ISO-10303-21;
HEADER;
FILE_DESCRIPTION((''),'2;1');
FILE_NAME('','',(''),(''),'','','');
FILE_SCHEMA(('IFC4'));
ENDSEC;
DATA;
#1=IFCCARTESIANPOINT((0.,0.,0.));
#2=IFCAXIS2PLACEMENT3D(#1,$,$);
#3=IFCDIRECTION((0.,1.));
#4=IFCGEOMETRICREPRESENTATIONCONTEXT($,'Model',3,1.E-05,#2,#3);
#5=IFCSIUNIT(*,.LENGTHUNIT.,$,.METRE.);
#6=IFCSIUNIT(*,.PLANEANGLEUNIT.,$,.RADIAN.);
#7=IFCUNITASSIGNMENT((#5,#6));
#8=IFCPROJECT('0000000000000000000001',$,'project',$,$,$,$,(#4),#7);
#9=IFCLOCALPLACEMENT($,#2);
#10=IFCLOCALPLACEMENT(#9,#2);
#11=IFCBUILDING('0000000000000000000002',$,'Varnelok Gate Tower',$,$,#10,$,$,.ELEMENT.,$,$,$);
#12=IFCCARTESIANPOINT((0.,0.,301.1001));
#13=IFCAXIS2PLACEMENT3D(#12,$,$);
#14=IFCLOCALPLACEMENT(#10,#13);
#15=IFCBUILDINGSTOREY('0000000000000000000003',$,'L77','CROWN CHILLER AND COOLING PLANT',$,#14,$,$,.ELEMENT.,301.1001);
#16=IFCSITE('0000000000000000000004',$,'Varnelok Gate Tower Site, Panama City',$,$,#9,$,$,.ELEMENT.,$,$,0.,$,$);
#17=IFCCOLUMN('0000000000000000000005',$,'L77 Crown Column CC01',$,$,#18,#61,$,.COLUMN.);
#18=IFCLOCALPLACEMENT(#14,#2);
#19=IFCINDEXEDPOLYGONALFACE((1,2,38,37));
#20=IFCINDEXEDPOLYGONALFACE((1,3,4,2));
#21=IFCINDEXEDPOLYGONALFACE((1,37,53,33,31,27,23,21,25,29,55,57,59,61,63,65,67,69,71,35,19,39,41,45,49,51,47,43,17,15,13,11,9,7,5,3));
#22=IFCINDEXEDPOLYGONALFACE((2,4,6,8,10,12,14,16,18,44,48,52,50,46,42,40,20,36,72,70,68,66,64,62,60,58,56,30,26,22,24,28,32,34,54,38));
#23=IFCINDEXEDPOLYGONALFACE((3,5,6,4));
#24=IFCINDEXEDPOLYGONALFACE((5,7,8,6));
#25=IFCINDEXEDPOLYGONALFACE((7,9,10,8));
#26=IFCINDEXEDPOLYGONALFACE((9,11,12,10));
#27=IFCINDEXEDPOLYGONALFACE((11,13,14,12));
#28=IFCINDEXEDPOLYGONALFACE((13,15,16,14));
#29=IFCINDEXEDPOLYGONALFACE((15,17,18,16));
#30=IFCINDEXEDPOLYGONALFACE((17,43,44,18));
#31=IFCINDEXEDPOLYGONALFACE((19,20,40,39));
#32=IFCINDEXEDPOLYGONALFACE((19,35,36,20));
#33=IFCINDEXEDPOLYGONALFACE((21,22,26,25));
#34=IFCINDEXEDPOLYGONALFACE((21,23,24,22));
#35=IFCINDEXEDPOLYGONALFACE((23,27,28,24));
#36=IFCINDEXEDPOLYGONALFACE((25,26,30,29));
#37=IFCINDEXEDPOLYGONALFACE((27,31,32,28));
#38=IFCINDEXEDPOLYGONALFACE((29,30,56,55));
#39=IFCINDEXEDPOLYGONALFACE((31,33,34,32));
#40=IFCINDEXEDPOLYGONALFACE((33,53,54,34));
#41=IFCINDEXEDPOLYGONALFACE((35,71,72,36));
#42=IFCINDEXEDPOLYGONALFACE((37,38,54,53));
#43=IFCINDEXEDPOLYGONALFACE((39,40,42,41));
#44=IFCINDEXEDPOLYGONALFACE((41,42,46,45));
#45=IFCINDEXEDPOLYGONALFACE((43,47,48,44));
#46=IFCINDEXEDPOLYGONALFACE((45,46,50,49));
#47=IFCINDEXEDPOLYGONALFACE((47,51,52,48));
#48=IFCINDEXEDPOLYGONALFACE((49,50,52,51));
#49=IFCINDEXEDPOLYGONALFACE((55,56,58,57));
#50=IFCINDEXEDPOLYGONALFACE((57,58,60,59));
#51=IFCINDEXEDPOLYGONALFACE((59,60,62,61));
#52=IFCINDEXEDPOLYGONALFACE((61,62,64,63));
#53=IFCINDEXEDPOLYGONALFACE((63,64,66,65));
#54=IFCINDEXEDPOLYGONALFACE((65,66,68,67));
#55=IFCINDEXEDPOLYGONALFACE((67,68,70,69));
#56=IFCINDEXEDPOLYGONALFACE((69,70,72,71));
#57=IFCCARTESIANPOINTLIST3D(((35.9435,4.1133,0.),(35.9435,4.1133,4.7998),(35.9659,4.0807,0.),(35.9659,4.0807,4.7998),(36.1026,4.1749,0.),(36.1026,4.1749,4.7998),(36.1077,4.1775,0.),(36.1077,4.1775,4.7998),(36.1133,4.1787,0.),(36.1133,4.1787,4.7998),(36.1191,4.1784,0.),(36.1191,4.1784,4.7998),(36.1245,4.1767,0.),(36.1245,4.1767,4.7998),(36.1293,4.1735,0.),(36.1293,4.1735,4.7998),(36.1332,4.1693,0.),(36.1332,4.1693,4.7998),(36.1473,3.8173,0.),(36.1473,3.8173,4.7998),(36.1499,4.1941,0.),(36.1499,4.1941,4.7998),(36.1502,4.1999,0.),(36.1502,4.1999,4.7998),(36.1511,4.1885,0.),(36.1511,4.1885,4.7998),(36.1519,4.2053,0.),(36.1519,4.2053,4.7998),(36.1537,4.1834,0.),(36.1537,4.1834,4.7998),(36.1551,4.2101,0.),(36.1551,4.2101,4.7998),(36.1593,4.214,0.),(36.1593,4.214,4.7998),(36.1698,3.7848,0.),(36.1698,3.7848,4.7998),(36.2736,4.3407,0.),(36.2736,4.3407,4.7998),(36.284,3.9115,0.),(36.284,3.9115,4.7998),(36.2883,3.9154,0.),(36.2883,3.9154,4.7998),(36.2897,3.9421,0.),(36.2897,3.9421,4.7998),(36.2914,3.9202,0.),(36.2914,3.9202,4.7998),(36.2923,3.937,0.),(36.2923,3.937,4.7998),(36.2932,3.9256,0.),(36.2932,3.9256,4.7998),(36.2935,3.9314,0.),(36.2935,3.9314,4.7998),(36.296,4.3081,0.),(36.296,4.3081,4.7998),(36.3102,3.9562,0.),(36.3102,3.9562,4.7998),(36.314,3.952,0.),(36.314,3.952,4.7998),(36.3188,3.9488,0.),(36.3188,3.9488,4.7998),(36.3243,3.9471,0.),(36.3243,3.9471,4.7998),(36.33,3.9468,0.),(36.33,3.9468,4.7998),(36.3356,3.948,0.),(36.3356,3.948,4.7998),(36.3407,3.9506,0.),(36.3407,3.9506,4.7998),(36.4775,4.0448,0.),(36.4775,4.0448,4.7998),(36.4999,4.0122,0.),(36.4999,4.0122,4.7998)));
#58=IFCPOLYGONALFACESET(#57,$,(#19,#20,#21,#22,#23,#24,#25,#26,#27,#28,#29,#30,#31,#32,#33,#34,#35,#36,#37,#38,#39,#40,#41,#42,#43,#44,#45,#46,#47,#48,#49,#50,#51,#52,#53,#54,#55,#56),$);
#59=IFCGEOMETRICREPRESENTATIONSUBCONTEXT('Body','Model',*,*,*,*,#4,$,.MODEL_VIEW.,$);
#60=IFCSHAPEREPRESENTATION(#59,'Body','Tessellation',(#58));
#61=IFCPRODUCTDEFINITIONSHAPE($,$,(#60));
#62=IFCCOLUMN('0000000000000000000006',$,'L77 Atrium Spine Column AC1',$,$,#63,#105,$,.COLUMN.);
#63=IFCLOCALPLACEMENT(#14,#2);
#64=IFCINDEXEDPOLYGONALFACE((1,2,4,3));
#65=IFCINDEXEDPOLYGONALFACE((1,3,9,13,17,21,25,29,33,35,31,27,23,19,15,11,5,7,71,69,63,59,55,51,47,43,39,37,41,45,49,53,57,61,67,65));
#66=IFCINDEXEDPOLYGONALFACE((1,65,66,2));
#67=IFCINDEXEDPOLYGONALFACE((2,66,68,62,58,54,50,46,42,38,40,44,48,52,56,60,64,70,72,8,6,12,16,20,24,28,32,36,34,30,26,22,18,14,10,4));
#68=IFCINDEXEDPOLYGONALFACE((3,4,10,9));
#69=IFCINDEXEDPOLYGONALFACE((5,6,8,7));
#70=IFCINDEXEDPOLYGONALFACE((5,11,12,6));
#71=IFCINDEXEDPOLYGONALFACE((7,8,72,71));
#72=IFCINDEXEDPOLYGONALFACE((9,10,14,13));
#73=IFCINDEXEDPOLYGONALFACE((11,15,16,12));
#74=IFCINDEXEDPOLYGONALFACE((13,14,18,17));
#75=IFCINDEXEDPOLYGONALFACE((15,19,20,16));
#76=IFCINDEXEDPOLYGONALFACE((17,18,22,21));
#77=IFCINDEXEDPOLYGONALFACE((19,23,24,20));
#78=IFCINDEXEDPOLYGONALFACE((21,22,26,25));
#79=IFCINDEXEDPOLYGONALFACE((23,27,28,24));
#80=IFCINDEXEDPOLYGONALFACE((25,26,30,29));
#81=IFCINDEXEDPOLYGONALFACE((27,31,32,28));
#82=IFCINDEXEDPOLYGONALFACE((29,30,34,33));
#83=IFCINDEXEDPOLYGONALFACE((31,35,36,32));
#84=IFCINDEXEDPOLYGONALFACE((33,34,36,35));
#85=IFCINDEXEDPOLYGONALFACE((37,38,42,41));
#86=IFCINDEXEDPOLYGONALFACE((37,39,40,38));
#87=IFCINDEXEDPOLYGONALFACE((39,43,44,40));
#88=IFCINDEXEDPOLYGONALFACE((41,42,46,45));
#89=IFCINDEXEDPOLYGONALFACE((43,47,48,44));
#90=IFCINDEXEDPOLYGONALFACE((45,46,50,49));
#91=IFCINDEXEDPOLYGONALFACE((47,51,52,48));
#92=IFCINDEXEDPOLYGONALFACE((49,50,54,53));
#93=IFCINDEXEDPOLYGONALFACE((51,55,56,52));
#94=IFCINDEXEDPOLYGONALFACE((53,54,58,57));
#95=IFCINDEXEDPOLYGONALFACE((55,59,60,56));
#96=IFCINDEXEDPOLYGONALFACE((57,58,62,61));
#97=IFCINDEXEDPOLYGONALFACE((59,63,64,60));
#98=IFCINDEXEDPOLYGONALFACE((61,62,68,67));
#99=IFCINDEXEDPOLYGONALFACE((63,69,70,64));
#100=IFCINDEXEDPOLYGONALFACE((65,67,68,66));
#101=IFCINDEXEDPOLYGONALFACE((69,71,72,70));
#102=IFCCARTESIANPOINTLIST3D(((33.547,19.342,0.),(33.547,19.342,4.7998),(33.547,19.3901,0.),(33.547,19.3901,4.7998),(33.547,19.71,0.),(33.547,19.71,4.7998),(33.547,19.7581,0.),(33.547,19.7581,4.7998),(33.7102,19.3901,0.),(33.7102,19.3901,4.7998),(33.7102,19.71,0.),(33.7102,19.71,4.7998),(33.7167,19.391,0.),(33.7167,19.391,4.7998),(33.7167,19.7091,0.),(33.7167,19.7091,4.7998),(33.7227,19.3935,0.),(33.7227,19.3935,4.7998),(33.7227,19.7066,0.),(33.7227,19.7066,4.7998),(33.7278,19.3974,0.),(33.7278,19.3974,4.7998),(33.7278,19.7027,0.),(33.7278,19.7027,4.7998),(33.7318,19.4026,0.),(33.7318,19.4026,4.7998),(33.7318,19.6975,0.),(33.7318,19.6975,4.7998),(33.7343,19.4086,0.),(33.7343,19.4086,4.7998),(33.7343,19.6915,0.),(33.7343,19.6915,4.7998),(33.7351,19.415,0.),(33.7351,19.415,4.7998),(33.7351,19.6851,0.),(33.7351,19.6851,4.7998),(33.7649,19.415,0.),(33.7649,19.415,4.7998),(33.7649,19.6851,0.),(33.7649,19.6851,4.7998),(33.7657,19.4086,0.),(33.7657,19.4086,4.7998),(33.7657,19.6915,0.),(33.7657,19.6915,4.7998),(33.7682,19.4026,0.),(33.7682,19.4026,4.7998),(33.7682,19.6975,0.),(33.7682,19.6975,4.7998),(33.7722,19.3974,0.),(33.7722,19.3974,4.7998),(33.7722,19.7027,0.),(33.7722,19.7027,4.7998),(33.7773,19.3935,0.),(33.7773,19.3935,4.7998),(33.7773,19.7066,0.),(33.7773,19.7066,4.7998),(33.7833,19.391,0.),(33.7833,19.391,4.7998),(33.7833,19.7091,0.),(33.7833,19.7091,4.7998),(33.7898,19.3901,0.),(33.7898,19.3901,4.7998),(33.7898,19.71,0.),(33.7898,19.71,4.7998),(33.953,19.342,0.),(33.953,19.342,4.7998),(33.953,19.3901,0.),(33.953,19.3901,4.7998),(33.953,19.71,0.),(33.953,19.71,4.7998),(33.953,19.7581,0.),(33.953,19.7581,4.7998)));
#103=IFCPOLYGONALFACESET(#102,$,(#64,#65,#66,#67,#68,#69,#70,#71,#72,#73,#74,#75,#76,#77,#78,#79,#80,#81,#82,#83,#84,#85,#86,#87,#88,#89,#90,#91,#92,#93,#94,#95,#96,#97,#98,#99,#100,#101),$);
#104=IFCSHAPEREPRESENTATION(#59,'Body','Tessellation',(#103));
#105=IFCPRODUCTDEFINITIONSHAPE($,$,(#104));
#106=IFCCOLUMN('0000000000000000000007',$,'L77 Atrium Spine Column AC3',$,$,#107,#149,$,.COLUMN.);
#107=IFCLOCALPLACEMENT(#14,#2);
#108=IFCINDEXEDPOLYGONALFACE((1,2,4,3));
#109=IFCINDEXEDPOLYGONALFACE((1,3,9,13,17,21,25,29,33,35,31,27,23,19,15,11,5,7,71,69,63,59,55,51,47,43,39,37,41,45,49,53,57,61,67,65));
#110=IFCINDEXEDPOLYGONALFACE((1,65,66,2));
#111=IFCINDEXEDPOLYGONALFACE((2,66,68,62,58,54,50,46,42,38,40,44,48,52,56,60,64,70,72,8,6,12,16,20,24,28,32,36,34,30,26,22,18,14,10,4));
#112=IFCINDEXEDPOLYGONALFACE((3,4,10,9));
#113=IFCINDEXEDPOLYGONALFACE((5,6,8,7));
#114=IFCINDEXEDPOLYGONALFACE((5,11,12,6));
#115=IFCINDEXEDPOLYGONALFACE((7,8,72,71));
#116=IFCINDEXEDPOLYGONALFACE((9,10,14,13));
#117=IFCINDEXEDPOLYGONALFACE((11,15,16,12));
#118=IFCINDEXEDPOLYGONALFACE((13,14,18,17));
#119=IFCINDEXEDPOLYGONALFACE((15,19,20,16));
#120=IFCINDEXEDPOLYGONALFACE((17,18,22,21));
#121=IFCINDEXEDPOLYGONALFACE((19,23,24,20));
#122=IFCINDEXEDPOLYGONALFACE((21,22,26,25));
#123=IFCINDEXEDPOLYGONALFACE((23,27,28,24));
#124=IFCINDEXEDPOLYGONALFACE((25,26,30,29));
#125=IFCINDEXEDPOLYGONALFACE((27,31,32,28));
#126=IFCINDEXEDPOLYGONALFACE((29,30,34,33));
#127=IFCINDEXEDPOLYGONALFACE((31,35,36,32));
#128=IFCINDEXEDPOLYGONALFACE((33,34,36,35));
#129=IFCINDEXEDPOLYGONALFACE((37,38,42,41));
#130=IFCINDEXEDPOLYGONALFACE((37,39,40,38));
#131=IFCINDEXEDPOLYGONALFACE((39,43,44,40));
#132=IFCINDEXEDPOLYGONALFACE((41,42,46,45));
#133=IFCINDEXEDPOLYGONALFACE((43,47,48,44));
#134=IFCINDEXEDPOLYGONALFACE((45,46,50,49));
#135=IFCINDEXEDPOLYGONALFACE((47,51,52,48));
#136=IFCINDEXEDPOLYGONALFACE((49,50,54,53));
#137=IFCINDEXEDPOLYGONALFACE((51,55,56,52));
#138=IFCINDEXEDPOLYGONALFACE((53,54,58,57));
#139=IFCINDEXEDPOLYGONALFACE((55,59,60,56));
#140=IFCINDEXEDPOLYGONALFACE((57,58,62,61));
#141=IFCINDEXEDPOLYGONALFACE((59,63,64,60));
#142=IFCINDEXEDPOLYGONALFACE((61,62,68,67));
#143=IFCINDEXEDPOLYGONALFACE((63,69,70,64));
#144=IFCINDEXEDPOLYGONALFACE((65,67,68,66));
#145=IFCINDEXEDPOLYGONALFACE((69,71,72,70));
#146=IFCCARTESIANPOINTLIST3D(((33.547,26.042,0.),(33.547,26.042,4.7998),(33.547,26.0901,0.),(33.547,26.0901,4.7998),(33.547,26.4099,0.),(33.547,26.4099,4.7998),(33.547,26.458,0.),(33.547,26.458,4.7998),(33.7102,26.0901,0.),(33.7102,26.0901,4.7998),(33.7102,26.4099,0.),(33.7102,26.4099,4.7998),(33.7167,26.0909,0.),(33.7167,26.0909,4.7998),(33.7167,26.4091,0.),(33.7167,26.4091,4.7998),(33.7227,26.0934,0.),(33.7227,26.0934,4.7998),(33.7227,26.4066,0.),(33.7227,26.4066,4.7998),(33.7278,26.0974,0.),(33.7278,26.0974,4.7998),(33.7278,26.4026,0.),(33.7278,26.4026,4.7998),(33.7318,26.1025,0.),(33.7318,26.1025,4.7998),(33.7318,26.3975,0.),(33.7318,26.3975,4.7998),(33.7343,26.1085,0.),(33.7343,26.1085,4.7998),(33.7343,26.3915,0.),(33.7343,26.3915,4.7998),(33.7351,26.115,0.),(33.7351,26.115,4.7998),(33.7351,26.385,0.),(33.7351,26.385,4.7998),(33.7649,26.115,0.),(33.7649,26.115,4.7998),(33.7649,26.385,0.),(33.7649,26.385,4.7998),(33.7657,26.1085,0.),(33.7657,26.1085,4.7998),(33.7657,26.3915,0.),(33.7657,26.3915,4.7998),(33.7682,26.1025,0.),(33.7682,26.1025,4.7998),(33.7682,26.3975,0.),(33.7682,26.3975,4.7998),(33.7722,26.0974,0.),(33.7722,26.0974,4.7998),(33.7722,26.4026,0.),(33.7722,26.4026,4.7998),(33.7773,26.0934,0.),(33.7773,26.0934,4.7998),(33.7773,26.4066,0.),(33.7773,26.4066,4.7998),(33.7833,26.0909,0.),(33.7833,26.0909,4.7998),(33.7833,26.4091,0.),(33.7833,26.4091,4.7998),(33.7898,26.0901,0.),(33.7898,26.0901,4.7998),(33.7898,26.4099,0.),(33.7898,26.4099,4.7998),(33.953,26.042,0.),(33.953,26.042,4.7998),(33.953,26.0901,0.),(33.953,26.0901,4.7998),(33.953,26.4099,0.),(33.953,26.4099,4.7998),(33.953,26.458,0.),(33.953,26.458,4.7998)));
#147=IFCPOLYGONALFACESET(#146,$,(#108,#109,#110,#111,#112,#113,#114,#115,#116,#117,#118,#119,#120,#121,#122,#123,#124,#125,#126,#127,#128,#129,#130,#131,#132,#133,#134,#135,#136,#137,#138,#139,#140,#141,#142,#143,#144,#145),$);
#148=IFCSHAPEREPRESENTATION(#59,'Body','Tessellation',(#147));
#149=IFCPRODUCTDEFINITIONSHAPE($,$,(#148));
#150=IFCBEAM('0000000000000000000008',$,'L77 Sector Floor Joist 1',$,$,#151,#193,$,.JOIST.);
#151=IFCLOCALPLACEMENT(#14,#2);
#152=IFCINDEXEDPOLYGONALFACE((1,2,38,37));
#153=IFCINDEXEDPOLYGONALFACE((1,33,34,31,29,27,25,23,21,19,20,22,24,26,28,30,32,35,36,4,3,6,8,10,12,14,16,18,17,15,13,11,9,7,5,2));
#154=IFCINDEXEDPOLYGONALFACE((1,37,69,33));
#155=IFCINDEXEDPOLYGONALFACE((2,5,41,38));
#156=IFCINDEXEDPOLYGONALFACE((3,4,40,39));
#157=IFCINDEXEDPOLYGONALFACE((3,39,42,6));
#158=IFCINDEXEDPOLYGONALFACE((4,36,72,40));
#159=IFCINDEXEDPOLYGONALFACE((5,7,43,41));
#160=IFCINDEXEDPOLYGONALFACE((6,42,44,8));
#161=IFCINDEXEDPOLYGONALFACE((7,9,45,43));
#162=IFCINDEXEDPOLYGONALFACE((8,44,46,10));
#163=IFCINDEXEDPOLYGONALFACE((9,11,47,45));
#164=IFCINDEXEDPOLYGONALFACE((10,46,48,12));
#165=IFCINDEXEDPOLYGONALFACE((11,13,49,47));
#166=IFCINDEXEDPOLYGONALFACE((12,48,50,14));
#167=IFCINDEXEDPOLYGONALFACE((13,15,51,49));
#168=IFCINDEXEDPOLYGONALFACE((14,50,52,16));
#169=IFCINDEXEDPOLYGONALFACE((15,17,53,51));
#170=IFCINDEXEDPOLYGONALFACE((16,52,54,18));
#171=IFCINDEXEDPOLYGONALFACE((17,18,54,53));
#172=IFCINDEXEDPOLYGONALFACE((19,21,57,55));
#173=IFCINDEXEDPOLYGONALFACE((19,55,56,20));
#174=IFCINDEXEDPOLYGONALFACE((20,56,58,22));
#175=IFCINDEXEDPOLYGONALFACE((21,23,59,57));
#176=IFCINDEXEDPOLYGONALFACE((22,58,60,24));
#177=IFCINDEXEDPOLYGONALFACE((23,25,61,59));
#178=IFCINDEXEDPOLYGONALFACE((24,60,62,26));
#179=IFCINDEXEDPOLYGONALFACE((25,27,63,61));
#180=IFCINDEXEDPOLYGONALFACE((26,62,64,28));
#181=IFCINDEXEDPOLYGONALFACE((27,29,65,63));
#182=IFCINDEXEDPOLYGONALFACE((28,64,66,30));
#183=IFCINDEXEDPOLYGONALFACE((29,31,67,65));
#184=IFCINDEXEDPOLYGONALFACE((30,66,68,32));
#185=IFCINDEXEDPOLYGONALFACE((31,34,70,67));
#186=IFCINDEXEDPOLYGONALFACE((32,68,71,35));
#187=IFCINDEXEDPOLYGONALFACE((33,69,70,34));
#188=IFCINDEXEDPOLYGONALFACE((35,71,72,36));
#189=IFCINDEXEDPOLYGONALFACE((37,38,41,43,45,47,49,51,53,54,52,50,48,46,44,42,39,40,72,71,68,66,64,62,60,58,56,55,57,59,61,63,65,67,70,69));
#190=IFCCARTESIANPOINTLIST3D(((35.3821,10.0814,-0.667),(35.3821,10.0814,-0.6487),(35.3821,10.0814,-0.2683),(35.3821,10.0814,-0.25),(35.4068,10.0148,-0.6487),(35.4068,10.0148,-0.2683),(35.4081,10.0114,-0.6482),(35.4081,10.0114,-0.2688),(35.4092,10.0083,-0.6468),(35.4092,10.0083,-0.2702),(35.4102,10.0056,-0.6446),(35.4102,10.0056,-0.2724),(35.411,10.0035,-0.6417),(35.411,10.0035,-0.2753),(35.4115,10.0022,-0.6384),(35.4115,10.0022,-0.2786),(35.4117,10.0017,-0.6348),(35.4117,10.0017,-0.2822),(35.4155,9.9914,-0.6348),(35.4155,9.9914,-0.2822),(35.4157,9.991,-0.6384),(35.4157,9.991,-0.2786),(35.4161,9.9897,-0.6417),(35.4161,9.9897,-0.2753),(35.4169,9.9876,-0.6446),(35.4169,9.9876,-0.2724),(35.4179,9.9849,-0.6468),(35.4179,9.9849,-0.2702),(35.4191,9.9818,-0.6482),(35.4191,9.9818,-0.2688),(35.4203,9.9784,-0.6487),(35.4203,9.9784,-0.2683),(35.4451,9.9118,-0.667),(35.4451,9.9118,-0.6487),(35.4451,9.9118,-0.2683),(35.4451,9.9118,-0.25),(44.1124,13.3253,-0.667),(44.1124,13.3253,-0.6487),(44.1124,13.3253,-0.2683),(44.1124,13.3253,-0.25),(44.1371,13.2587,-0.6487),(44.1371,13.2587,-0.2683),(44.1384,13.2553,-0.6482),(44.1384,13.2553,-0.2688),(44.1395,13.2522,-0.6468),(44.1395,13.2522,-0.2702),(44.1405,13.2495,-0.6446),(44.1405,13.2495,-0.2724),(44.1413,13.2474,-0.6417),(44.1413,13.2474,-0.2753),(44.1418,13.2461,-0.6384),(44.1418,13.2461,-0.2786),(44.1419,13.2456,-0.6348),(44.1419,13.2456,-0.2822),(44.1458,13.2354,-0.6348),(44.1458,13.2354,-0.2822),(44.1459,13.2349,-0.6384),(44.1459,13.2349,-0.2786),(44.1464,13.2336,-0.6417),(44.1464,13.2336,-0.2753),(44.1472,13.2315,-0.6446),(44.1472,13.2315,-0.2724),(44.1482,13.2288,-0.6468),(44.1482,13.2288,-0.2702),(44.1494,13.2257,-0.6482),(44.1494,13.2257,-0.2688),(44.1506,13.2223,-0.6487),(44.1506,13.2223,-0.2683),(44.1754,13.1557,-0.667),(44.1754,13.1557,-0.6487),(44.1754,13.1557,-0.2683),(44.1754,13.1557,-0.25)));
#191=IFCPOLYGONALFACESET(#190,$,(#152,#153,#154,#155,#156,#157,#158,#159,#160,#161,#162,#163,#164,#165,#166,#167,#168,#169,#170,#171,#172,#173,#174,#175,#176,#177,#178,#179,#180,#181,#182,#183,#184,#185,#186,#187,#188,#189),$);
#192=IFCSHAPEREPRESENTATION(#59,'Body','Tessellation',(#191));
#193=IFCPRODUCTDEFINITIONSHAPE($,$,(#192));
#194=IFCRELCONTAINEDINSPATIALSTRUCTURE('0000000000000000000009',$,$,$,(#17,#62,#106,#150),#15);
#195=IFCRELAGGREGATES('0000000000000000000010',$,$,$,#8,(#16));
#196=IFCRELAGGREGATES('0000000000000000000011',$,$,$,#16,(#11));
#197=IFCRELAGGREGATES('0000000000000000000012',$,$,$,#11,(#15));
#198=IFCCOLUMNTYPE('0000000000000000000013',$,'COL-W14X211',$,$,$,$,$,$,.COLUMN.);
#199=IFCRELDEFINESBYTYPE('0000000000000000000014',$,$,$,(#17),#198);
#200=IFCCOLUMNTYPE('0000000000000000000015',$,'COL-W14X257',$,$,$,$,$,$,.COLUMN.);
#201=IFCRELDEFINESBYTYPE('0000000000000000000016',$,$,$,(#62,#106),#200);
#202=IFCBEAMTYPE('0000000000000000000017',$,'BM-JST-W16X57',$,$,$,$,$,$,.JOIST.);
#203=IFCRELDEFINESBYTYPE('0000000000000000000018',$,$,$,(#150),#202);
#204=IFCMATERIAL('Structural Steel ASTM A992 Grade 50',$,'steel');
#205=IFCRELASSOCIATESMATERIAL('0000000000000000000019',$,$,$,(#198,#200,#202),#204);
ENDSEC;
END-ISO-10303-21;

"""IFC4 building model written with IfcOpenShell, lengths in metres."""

from ifc_helpers import new_model, si_unit, direction, frame, origin, origin_2d, place, context, subcontext, project, spatial, i_section, extrude, material, material_profile, profile_set, type_object, element, save


model = new_model("IFC4")

# Units and contexts
model_context = context("Model", 3, precision=1e-05, world=origin(), true_north=direction((0.0, 1.0)))
body_context = subcontext(model_context, "Body", "Model", "MODEL_VIEW")
ifc_project = project(units=[si_unit("LENGTHUNIT", "METRE"), si_unit("PLANEANGLEUNIT", "RADIAN")], contexts=[model_context])

# Site, building, storey
site_placement = place(None, origin())
site = spatial("IfcSite", under=ifc_project, at=site_placement, Name="Varnelok Gate Tower Site, Panama City", CompositionType="ELEMENT", RefElevation=0.0)
building_placement = place(site_placement, origin())
building = spatial("IfcBuilding", under=site, at=building_placement, Name="Varnelok Gate Tower", CompositionType="ELEMENT")
storey_placement = place(building_placement, frame((0.0, 0.0, 301.1001)))
storey = spatial("IfcBuildingStorey", under=building, at=storey_placement, Name="L77", Description="CROWN CHILLER AND COOLING PLANT", CompositionType="ELEMENT", Elevation=301.1001)

# Columns
ifc_material_1 = material(Name="Structural Steel ASTM A992 Grade 50", Category="steel")
ifc_material_profile_1 = material_profile(ifc_material_1, i_section(OverallWidth=0.4009, OverallDepth=0.3989, WebThickness=0.0249, FlangeThickness=0.0396, FilletRadius=0.022, at=origin_2d()), Name="W14X211")
ifc_profile_set_1 = profile_set([ifc_material_profile_1], Name="Structural Steel ASTM A992 Grade 50")
column_type_1 = type_object("IfcColumnType", Name="COL-W14X211", PredefinedType="COLUMN", material=ifc_profile_set_1)
column_placement = place(storey_placement, frame((36.2217, 4.0627, 0.0), z_axis=(0.0, 0.0, 1.0), x_axis=(0.823533, 0.567269, 0.0)))
element("IfcColumn", 1, at=column_placement, inside=storey, type_object=column_type_1, Name="L77 Crown Column CC01", PredefinedType="COLUMN", context=body_context, shape_type="SweptSolid", body=[
    extrude(i_section(OverallWidth=0.4009, OverallDepth=0.3989, WebThickness=0.0249, FlangeThickness=0.0396, FilletRadius=0.022, at=origin_2d()), origin(), (0.0, 0.0, 1.0), 4.7998),
])
ifc_material_profile_2 = material_profile(ifc_material_1, i_section(OverallWidth=0.406, OverallDepth=0.416, WebThickness=0.0298, FlangeThickness=0.0481, FilletRadius=0.0249, at=origin_2d()), Name="W14X257")
ifc_profile_set_2 = profile_set([ifc_material_profile_2], Name="Structural Steel ASTM A992 Grade 50")
column_type_2 = type_object("IfcColumnType", Name="COL-W14X257", PredefinedType="COLUMN", material=ifc_profile_set_2)
for number, where, z_axis, x_axis, name in (
    (2, (33.75, 19.55, 0.0), (0.0, 0.0, 1.0), (1.0, 0.0, 0.0), "L77 Atrium Spine Column AC1"),
    (3, (33.75, 26.25, 0.0), (0.0, 0.0, 1.0), (1.0, 0.0, 0.0), "L77 Atrium Spine Column AC3"),
):
    element("IfcColumn", number, at=place(storey_placement, frame(where, z_axis=z_axis, x_axis=x_axis)), inside=storey, type_object=column_type_2, Name=name, PredefinedType="COLUMN", context=body_context, shape_type="SweptSolid", body=[
        extrude(i_section(OverallWidth=0.406, OverallDepth=0.416, WebThickness=0.0298, FlangeThickness=0.0481, FilletRadius=0.0249, at=origin_2d()), origin(), (0.0, 0.0, 1.0), 4.7998),
    ])

# Beam
ifc_material_profile_3 = material_profile(ifc_material_1, i_section(OverallWidth=0.1809, OverallDepth=0.417, WebThickness=0.011, FlangeThickness=0.0183, FilletRadius=0.0139, at=origin_2d()), Name="W16X57")
ifc_profile_set_3 = profile_set([ifc_material_profile_3], Name="Structural Steel ASTM A992 Grade 50")
beam_type_1 = type_object("IfcBeamType", Name="BM-JST-W16X57", PredefinedType="JOIST", material=ifc_profile_set_3)
beam_1_placement = place(storey_placement, frame((35.4136, 9.9966, -0.4585), z_axis=(0.937382, 0.348304, 0.0), x_axis=(-0.348304, 0.937382, 0.0)))
element("IfcBeam", 4, at=beam_1_placement, inside=storey, type_object=beam_type_1, Name="L77 Sector Floor Joist 1", PredefinedType="JOIST", context=body_context, shape_type="SweptSolid", body=[
    extrude(i_section(OverallWidth=0.1809, OverallDepth=0.417, WebThickness=0.011, FlangeThickness=0.0183, FilletRadius=0.0139, at=origin_2d()), origin(), (0.0, 0.0, 1.0), 9.3135),
])

save(model, "model.ifc")
